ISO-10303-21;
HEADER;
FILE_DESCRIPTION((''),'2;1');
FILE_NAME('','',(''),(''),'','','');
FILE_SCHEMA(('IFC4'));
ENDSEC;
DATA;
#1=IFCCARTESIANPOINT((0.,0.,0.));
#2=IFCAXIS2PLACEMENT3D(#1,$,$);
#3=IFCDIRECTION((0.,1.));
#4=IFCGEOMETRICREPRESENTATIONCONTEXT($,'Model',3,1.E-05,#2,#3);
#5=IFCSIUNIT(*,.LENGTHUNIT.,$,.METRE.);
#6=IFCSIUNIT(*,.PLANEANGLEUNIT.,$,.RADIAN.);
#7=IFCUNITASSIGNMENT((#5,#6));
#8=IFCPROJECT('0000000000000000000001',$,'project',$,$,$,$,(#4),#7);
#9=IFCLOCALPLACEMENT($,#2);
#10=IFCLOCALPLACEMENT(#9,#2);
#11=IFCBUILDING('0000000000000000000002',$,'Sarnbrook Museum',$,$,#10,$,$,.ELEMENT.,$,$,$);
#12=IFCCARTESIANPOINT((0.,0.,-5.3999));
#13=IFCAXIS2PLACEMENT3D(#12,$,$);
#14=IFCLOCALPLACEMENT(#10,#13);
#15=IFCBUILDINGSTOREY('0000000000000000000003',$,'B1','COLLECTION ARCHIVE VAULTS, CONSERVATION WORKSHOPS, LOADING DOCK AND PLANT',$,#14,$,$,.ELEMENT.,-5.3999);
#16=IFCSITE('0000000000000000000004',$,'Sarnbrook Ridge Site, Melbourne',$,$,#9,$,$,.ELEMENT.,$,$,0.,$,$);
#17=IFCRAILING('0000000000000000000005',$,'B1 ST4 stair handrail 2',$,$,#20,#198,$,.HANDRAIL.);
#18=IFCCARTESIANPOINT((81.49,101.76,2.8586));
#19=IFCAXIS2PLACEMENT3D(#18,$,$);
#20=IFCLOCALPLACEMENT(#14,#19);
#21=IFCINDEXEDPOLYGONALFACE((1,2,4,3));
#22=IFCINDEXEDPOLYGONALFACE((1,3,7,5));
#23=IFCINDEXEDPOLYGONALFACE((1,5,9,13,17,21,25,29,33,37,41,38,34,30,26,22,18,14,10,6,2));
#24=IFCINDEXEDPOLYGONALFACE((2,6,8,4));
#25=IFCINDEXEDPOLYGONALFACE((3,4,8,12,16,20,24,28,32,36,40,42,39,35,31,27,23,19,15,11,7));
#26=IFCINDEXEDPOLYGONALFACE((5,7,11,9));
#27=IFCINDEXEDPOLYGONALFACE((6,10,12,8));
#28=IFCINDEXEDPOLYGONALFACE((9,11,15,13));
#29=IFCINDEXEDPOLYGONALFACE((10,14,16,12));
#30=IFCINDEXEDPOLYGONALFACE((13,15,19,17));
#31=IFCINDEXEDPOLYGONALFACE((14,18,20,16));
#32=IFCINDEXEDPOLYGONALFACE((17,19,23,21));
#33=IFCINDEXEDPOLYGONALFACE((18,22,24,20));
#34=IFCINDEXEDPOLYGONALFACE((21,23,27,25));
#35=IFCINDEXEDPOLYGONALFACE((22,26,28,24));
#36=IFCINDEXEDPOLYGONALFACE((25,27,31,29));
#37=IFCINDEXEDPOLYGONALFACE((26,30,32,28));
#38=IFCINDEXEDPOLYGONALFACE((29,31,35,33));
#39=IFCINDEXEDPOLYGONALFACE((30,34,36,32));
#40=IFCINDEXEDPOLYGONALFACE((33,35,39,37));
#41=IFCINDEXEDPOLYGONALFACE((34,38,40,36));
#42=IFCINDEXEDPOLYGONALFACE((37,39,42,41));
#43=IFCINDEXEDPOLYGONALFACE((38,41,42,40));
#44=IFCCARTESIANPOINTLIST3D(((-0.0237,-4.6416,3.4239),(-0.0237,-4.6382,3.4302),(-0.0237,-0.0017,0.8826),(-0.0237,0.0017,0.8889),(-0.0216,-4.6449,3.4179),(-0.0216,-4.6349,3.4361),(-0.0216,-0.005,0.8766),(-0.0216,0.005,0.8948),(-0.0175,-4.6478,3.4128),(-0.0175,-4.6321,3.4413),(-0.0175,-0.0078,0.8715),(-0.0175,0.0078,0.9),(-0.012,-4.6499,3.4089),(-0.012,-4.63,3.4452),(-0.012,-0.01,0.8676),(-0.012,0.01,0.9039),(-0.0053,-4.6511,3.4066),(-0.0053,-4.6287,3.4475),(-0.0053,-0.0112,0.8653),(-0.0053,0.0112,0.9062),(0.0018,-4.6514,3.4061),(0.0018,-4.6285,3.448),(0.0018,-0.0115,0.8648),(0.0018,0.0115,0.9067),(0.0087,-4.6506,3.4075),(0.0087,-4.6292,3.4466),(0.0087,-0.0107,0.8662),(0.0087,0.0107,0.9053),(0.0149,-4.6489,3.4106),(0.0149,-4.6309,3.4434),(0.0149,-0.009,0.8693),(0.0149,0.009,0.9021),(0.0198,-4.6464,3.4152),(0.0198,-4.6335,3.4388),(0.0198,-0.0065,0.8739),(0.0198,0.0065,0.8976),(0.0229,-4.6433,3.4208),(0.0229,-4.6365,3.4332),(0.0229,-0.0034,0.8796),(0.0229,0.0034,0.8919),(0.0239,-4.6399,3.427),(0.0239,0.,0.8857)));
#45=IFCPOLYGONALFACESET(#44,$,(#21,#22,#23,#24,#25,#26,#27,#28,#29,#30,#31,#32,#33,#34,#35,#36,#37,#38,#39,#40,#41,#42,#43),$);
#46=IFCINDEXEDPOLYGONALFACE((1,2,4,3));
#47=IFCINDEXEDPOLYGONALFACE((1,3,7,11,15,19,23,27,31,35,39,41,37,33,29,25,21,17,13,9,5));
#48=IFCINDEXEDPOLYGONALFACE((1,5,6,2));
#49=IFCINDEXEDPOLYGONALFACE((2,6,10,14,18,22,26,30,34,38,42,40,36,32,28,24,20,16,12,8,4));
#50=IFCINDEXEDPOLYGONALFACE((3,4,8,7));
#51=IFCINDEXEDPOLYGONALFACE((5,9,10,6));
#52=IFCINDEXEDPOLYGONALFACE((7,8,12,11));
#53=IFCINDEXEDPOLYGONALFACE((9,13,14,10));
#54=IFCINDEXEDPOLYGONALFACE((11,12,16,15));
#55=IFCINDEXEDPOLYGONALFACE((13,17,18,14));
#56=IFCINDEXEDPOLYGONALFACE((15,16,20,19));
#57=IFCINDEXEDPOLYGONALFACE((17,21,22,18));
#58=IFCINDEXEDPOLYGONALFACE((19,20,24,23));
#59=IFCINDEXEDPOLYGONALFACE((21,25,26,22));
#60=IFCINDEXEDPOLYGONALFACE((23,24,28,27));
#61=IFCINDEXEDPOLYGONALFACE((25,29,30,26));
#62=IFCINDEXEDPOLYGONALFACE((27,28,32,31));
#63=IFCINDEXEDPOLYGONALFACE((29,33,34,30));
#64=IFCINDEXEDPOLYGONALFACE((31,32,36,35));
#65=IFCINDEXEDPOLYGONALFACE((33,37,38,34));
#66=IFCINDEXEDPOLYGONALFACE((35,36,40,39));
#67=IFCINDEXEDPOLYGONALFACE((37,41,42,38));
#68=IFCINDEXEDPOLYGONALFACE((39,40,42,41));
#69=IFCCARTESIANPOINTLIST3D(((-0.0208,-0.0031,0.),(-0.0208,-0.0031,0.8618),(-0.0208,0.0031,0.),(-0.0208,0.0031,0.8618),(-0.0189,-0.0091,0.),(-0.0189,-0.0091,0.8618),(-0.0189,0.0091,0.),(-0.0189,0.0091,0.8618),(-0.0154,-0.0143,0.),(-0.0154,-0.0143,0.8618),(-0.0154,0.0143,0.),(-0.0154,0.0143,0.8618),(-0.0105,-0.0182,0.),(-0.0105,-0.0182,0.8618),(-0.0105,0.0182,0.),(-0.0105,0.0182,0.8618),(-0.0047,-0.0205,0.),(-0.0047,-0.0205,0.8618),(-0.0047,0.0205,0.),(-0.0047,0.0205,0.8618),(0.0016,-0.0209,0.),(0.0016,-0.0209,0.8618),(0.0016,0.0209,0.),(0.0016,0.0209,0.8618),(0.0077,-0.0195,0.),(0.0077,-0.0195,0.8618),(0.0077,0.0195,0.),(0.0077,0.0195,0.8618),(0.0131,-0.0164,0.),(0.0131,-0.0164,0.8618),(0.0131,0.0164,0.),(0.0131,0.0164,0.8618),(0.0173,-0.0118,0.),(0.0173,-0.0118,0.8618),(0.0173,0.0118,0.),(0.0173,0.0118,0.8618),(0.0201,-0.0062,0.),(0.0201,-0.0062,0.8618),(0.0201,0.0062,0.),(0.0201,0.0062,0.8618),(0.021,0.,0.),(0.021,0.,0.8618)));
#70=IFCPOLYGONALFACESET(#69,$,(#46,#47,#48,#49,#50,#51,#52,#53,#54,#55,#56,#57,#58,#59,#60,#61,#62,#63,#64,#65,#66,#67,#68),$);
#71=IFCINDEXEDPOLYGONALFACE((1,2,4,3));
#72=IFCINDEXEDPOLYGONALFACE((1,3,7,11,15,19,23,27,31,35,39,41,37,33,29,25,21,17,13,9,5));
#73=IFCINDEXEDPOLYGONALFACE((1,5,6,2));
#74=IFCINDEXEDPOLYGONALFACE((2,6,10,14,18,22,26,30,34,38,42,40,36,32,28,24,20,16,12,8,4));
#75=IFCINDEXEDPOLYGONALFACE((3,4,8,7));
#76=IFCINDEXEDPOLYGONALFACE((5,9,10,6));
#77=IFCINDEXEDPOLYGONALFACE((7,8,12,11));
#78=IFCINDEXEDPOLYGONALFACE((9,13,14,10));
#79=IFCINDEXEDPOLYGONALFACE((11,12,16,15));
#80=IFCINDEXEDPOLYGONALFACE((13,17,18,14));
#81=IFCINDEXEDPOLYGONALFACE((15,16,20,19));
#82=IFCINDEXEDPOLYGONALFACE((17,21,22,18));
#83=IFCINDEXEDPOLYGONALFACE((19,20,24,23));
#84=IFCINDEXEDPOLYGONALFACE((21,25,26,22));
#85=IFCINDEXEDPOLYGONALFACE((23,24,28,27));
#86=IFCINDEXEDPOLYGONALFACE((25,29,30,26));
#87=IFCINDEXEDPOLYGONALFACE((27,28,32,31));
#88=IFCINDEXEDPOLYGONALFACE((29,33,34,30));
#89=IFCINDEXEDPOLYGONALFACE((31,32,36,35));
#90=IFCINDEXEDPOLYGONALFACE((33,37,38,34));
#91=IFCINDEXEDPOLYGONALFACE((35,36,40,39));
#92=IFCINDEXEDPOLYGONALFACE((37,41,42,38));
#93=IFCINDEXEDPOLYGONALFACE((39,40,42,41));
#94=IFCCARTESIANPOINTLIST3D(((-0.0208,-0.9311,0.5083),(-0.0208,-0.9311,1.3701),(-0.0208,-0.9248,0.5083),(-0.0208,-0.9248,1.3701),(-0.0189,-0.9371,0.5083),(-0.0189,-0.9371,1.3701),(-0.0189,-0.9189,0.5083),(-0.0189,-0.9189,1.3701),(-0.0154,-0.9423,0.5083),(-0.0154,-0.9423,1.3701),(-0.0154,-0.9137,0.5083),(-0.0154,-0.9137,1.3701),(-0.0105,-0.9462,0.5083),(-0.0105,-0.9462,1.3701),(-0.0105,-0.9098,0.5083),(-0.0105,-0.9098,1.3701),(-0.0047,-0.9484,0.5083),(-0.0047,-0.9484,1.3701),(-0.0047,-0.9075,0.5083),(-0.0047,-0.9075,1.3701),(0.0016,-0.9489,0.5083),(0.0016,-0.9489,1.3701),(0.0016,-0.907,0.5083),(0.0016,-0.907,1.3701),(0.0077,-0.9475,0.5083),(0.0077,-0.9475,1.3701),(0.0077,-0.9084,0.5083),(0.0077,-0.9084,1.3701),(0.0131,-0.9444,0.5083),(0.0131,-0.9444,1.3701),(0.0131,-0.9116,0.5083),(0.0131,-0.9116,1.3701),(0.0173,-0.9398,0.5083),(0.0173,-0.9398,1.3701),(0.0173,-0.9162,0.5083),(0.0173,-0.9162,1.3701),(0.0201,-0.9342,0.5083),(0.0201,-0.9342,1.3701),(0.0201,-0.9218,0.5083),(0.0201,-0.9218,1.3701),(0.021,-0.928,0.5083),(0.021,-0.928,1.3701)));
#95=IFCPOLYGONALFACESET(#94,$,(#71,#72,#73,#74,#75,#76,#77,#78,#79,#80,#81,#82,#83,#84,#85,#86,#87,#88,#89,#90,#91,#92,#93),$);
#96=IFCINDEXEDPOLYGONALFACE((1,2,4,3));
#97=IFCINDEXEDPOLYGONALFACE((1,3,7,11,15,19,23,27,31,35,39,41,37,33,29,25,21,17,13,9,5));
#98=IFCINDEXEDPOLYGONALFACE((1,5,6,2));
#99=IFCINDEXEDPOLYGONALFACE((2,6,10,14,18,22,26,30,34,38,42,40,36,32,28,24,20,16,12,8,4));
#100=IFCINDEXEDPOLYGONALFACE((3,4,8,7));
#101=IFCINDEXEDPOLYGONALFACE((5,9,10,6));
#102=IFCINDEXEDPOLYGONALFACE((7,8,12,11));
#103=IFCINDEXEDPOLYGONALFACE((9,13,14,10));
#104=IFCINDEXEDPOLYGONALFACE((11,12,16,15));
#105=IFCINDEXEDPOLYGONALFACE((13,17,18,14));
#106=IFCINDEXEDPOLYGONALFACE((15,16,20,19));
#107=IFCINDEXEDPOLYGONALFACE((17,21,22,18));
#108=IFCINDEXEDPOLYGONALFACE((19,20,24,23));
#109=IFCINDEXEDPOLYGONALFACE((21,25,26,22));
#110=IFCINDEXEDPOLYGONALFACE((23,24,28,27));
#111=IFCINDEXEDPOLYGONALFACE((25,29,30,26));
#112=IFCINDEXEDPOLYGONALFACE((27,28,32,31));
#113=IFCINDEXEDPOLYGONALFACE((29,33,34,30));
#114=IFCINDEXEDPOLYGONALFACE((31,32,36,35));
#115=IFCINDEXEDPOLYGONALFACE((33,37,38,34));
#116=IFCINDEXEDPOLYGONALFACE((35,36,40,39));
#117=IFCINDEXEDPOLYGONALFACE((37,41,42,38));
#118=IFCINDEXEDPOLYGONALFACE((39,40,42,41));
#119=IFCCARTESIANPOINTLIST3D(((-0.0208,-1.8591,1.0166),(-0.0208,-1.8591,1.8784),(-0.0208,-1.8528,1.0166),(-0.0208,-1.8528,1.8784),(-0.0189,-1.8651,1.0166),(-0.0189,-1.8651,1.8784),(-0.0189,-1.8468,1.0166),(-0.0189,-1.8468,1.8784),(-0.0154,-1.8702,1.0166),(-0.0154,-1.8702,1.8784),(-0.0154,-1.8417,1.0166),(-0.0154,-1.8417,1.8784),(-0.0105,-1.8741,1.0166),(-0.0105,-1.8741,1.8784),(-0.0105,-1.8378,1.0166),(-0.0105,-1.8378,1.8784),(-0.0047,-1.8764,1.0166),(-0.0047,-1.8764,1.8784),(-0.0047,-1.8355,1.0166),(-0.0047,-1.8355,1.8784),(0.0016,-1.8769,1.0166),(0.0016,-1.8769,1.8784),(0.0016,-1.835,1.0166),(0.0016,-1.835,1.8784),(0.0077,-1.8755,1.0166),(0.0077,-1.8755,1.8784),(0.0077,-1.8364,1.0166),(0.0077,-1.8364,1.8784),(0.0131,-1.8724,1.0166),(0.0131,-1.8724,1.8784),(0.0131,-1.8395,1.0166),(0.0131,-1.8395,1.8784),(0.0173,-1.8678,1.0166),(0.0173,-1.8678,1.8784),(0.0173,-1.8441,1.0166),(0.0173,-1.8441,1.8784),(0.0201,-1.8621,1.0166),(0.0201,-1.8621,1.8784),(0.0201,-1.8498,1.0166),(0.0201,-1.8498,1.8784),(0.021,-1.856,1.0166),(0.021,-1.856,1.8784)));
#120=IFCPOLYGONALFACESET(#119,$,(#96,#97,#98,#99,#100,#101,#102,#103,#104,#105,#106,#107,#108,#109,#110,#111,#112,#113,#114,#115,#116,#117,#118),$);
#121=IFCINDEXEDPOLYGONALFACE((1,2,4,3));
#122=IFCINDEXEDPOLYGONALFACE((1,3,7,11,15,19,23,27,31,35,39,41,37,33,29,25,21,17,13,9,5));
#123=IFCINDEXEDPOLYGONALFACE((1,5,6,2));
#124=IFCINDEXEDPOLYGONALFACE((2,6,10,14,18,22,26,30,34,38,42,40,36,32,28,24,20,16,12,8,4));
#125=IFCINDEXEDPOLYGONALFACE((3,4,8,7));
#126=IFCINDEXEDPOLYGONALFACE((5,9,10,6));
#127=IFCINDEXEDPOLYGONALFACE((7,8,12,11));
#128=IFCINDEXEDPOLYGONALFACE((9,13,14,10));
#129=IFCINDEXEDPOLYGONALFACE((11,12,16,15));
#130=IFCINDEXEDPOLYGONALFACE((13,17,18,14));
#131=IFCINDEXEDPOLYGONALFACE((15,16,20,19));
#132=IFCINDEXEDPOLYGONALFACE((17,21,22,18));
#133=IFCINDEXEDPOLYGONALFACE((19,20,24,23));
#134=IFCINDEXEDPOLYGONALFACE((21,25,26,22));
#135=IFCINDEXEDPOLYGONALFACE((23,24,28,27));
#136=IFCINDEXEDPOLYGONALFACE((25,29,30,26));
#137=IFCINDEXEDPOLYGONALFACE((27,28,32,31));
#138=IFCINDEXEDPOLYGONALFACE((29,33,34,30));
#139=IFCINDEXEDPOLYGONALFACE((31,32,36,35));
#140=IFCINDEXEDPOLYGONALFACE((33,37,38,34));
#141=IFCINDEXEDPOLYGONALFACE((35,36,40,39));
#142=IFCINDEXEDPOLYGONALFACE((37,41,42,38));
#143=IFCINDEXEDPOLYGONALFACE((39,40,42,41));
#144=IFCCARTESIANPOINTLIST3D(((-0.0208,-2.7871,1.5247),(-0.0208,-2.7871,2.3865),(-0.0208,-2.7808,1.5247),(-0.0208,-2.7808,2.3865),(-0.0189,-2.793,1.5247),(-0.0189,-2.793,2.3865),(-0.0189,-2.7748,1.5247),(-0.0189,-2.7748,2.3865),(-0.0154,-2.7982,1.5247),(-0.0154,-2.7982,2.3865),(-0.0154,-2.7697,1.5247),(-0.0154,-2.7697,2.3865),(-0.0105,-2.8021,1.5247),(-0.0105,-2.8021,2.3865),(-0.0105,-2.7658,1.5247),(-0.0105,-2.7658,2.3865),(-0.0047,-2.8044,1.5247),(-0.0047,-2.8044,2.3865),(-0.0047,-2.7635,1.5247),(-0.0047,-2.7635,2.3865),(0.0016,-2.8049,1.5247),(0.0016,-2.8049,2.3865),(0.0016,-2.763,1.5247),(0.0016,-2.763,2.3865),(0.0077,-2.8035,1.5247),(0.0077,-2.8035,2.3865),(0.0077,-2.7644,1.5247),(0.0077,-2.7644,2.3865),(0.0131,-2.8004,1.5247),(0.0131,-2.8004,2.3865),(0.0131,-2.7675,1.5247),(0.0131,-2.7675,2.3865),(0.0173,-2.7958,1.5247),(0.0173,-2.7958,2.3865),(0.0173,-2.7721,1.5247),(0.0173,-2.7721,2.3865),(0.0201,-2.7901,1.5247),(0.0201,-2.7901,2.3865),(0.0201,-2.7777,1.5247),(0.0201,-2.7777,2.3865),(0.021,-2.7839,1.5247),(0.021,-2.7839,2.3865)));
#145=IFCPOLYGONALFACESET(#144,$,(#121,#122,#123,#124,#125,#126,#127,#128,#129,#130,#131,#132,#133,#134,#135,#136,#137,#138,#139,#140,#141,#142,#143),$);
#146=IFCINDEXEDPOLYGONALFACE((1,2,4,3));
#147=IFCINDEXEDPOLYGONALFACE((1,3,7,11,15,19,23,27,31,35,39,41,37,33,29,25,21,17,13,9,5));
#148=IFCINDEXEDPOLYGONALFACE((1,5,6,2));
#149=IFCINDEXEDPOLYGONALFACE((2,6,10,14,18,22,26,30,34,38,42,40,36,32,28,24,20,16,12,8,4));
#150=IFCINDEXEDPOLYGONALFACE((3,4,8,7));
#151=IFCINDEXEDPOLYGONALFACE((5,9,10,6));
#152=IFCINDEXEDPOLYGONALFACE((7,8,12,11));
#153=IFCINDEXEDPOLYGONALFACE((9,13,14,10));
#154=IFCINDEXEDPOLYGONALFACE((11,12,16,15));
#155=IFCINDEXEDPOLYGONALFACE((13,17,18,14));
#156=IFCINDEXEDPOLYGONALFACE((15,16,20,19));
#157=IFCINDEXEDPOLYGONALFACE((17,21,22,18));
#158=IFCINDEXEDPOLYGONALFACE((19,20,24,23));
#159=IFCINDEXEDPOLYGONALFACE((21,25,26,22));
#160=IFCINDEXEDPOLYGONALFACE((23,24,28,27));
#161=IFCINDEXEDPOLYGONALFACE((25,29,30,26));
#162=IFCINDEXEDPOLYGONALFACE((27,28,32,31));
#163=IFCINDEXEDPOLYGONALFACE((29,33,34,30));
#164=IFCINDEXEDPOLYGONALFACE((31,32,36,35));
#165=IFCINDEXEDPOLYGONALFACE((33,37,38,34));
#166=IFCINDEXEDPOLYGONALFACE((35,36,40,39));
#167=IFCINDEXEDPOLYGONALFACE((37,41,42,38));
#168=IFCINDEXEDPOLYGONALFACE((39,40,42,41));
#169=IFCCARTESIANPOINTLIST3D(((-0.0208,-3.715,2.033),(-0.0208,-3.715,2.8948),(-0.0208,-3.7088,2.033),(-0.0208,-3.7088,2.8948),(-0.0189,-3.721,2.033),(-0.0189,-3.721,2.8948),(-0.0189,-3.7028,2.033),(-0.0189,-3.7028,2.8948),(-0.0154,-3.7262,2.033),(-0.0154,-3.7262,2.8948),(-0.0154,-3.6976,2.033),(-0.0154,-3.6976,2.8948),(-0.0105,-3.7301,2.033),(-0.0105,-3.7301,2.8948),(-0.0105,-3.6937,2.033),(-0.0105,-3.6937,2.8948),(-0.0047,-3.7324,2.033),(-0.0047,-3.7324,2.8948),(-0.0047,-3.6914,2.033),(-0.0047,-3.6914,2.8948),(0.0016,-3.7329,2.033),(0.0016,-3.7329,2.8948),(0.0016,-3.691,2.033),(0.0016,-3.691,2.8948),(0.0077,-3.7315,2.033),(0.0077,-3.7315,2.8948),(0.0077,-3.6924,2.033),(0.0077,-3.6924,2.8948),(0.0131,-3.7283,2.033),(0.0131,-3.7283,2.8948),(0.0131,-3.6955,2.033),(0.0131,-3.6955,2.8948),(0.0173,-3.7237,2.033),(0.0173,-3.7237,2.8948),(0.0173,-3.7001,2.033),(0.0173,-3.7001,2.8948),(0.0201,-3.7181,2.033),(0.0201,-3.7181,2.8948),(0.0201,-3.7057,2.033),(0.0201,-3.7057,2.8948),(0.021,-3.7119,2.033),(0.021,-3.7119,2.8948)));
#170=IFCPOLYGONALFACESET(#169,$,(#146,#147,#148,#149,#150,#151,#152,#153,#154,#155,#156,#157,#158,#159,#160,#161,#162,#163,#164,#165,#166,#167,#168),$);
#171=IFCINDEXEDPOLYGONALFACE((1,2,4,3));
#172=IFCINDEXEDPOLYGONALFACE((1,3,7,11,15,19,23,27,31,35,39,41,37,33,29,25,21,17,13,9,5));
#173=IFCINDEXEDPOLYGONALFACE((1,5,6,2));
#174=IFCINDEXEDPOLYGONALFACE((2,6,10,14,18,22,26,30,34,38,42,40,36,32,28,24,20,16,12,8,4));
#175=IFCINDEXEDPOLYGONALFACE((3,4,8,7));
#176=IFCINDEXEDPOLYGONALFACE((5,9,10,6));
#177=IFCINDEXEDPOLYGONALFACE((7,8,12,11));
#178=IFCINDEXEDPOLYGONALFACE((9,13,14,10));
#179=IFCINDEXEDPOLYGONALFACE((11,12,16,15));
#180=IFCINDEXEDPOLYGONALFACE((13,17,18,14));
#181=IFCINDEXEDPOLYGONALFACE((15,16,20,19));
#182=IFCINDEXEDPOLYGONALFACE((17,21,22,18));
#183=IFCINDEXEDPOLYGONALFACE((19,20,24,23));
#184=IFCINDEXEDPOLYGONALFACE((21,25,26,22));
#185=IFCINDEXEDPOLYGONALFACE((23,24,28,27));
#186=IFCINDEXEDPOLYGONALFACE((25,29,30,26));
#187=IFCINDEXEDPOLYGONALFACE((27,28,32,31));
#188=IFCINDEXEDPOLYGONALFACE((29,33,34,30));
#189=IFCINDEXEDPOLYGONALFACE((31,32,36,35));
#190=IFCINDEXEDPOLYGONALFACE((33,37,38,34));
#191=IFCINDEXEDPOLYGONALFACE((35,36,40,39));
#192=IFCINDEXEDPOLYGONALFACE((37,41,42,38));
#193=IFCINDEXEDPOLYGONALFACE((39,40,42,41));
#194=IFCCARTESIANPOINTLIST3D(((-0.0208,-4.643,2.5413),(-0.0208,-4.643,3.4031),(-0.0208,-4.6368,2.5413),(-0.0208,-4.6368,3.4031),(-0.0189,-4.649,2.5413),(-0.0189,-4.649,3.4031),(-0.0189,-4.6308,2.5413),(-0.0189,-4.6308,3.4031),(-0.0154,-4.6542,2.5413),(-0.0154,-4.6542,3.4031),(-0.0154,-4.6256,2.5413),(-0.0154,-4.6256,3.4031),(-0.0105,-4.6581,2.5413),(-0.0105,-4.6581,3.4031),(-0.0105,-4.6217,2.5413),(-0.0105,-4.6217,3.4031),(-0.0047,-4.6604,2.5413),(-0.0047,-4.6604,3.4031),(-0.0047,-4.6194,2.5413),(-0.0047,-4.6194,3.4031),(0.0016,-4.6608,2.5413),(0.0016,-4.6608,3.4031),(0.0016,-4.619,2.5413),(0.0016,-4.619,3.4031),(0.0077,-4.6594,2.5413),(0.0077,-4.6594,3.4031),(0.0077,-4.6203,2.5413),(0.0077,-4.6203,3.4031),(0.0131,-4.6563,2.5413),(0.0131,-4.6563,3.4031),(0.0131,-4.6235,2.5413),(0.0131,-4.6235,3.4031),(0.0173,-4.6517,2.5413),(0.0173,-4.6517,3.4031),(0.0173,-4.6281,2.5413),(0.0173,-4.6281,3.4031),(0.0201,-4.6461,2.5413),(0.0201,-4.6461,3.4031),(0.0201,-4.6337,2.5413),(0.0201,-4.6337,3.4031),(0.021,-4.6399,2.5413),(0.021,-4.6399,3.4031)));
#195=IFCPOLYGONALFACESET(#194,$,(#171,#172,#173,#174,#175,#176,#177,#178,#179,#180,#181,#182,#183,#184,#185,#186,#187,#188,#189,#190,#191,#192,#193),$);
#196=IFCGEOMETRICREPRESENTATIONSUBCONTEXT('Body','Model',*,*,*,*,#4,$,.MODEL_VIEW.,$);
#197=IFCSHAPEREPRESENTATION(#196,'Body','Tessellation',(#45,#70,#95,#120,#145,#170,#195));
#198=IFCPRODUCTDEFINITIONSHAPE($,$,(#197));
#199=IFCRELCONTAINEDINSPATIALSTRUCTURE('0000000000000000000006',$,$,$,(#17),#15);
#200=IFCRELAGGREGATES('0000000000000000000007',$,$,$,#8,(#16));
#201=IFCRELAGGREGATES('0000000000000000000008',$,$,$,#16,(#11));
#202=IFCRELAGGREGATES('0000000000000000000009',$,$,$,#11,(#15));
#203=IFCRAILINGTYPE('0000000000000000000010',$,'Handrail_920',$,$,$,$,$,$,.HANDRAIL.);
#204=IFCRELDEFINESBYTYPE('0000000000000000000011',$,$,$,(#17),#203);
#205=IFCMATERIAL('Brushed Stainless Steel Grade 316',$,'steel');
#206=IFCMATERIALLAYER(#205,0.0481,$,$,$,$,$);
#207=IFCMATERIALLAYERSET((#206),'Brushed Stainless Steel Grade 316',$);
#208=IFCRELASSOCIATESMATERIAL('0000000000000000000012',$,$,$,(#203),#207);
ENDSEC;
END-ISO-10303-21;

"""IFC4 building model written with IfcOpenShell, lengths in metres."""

from ifc_helpers import new_model, si_unit, direction, frame, origin, origin_2d, place, context, subcontext, project, spatial, circle, extrude, material, layer, layer_set, type_object, element, save


model = new_model("IFC4")

# Units and contexts
model_context = context("Model", 3, precision=1e-05, world=origin(), true_north=direction((0.0, 1.0)))
body_context = subcontext(model_context, "Body", "Model", "MODEL_VIEW")
ifc_project = project(units=[si_unit("LENGTHUNIT", "METRE"), si_unit("PLANEANGLEUNIT", "RADIAN")], contexts=[model_context])

# Site, building, storey
site_placement = place(None, origin())
site = spatial("IfcSite", under=ifc_project, at=site_placement, Name="Sarnbrook Ridge Site, Melbourne", CompositionType="ELEMENT", RefElevation=0.0)
building_placement = place(site_placement, origin())
building = spatial("IfcBuilding", under=site, at=building_placement, Name="Sarnbrook Museum", CompositionType="ELEMENT")
storey_placement = place(building_placement, frame((0.0, 0.0, -5.3999)))
storey = spatial("IfcBuildingStorey", under=building, at=storey_placement, Name="B1", Description="COLLECTION ARCHIVE VAULTS, CONSERVATION WORKSHOPS, LOADING DOCK AND PLANT", CompositionType="ELEMENT", Elevation=-5.3999)

# Shared definitions
ifc_material_1 = material(Name="Brushed Stainless Steel Grade 316", Category="steel")

# Railing
ifc_layer_1 = layer(ifc_material_1, 0.0481)
ifc_layer_set_1 = layer_set([ifc_layer_1], Name="Brushed Stainless Steel Grade 316")
railing_type_1 = type_object("IfcRailingType", Name="Handrail_920", PredefinedType="HANDRAIL", material=ifc_layer_set_1)
railing_1_placement = place(storey_placement, frame((81.49, 101.76, 2.8586)))
element("IfcRailing", 1, at=railing_1_placement, inside=storey, type_object=railing_type_1, Name="B1 ST4 stair handrail 2", PredefinedType="HANDRAIL", context=body_context, shape_type="SweptSolid", body=[
    extrude(circle(Radius=0.0239, at=origin_2d()), frame((0.0, 0.0, 0.8857), z_axis=(0.0, -0.877067, 0.480368), x_axis=(1.0, 0.0, 0.0)), (0.0, 0.0, 1.0), 5.2903),
    extrude(circle(Radius=0.021, at=origin_2d()), origin(), (0.0, 0.0, 1.0), 0.8618),
    extrude(circle(Radius=0.021, at=origin_2d()), frame((0.0, -0.928, 0.5083)), (0.0, 0.0, 1.0), 0.8618),
    extrude(circle(Radius=0.021, at=origin_2d()), frame((0.0, -1.856, 1.0166)), (0.0, 0.0, 1.0), 0.8618),
    extrude(circle(Radius=0.021, at=origin_2d()), frame((0.0, -2.7839, 1.5247)), (0.0, 0.0, 1.0), 0.8618),
    extrude(circle(Radius=0.021, at=origin_2d()), frame((0.0, -3.7119, 2.033)), (0.0, 0.0, 1.0), 0.8618),
    extrude(circle(Radius=0.021, at=origin_2d()), frame((0.0, -4.6399, 2.5413)), (0.0, 0.0, 1.0), 0.8618),
])

save(model, "model.ifc")
